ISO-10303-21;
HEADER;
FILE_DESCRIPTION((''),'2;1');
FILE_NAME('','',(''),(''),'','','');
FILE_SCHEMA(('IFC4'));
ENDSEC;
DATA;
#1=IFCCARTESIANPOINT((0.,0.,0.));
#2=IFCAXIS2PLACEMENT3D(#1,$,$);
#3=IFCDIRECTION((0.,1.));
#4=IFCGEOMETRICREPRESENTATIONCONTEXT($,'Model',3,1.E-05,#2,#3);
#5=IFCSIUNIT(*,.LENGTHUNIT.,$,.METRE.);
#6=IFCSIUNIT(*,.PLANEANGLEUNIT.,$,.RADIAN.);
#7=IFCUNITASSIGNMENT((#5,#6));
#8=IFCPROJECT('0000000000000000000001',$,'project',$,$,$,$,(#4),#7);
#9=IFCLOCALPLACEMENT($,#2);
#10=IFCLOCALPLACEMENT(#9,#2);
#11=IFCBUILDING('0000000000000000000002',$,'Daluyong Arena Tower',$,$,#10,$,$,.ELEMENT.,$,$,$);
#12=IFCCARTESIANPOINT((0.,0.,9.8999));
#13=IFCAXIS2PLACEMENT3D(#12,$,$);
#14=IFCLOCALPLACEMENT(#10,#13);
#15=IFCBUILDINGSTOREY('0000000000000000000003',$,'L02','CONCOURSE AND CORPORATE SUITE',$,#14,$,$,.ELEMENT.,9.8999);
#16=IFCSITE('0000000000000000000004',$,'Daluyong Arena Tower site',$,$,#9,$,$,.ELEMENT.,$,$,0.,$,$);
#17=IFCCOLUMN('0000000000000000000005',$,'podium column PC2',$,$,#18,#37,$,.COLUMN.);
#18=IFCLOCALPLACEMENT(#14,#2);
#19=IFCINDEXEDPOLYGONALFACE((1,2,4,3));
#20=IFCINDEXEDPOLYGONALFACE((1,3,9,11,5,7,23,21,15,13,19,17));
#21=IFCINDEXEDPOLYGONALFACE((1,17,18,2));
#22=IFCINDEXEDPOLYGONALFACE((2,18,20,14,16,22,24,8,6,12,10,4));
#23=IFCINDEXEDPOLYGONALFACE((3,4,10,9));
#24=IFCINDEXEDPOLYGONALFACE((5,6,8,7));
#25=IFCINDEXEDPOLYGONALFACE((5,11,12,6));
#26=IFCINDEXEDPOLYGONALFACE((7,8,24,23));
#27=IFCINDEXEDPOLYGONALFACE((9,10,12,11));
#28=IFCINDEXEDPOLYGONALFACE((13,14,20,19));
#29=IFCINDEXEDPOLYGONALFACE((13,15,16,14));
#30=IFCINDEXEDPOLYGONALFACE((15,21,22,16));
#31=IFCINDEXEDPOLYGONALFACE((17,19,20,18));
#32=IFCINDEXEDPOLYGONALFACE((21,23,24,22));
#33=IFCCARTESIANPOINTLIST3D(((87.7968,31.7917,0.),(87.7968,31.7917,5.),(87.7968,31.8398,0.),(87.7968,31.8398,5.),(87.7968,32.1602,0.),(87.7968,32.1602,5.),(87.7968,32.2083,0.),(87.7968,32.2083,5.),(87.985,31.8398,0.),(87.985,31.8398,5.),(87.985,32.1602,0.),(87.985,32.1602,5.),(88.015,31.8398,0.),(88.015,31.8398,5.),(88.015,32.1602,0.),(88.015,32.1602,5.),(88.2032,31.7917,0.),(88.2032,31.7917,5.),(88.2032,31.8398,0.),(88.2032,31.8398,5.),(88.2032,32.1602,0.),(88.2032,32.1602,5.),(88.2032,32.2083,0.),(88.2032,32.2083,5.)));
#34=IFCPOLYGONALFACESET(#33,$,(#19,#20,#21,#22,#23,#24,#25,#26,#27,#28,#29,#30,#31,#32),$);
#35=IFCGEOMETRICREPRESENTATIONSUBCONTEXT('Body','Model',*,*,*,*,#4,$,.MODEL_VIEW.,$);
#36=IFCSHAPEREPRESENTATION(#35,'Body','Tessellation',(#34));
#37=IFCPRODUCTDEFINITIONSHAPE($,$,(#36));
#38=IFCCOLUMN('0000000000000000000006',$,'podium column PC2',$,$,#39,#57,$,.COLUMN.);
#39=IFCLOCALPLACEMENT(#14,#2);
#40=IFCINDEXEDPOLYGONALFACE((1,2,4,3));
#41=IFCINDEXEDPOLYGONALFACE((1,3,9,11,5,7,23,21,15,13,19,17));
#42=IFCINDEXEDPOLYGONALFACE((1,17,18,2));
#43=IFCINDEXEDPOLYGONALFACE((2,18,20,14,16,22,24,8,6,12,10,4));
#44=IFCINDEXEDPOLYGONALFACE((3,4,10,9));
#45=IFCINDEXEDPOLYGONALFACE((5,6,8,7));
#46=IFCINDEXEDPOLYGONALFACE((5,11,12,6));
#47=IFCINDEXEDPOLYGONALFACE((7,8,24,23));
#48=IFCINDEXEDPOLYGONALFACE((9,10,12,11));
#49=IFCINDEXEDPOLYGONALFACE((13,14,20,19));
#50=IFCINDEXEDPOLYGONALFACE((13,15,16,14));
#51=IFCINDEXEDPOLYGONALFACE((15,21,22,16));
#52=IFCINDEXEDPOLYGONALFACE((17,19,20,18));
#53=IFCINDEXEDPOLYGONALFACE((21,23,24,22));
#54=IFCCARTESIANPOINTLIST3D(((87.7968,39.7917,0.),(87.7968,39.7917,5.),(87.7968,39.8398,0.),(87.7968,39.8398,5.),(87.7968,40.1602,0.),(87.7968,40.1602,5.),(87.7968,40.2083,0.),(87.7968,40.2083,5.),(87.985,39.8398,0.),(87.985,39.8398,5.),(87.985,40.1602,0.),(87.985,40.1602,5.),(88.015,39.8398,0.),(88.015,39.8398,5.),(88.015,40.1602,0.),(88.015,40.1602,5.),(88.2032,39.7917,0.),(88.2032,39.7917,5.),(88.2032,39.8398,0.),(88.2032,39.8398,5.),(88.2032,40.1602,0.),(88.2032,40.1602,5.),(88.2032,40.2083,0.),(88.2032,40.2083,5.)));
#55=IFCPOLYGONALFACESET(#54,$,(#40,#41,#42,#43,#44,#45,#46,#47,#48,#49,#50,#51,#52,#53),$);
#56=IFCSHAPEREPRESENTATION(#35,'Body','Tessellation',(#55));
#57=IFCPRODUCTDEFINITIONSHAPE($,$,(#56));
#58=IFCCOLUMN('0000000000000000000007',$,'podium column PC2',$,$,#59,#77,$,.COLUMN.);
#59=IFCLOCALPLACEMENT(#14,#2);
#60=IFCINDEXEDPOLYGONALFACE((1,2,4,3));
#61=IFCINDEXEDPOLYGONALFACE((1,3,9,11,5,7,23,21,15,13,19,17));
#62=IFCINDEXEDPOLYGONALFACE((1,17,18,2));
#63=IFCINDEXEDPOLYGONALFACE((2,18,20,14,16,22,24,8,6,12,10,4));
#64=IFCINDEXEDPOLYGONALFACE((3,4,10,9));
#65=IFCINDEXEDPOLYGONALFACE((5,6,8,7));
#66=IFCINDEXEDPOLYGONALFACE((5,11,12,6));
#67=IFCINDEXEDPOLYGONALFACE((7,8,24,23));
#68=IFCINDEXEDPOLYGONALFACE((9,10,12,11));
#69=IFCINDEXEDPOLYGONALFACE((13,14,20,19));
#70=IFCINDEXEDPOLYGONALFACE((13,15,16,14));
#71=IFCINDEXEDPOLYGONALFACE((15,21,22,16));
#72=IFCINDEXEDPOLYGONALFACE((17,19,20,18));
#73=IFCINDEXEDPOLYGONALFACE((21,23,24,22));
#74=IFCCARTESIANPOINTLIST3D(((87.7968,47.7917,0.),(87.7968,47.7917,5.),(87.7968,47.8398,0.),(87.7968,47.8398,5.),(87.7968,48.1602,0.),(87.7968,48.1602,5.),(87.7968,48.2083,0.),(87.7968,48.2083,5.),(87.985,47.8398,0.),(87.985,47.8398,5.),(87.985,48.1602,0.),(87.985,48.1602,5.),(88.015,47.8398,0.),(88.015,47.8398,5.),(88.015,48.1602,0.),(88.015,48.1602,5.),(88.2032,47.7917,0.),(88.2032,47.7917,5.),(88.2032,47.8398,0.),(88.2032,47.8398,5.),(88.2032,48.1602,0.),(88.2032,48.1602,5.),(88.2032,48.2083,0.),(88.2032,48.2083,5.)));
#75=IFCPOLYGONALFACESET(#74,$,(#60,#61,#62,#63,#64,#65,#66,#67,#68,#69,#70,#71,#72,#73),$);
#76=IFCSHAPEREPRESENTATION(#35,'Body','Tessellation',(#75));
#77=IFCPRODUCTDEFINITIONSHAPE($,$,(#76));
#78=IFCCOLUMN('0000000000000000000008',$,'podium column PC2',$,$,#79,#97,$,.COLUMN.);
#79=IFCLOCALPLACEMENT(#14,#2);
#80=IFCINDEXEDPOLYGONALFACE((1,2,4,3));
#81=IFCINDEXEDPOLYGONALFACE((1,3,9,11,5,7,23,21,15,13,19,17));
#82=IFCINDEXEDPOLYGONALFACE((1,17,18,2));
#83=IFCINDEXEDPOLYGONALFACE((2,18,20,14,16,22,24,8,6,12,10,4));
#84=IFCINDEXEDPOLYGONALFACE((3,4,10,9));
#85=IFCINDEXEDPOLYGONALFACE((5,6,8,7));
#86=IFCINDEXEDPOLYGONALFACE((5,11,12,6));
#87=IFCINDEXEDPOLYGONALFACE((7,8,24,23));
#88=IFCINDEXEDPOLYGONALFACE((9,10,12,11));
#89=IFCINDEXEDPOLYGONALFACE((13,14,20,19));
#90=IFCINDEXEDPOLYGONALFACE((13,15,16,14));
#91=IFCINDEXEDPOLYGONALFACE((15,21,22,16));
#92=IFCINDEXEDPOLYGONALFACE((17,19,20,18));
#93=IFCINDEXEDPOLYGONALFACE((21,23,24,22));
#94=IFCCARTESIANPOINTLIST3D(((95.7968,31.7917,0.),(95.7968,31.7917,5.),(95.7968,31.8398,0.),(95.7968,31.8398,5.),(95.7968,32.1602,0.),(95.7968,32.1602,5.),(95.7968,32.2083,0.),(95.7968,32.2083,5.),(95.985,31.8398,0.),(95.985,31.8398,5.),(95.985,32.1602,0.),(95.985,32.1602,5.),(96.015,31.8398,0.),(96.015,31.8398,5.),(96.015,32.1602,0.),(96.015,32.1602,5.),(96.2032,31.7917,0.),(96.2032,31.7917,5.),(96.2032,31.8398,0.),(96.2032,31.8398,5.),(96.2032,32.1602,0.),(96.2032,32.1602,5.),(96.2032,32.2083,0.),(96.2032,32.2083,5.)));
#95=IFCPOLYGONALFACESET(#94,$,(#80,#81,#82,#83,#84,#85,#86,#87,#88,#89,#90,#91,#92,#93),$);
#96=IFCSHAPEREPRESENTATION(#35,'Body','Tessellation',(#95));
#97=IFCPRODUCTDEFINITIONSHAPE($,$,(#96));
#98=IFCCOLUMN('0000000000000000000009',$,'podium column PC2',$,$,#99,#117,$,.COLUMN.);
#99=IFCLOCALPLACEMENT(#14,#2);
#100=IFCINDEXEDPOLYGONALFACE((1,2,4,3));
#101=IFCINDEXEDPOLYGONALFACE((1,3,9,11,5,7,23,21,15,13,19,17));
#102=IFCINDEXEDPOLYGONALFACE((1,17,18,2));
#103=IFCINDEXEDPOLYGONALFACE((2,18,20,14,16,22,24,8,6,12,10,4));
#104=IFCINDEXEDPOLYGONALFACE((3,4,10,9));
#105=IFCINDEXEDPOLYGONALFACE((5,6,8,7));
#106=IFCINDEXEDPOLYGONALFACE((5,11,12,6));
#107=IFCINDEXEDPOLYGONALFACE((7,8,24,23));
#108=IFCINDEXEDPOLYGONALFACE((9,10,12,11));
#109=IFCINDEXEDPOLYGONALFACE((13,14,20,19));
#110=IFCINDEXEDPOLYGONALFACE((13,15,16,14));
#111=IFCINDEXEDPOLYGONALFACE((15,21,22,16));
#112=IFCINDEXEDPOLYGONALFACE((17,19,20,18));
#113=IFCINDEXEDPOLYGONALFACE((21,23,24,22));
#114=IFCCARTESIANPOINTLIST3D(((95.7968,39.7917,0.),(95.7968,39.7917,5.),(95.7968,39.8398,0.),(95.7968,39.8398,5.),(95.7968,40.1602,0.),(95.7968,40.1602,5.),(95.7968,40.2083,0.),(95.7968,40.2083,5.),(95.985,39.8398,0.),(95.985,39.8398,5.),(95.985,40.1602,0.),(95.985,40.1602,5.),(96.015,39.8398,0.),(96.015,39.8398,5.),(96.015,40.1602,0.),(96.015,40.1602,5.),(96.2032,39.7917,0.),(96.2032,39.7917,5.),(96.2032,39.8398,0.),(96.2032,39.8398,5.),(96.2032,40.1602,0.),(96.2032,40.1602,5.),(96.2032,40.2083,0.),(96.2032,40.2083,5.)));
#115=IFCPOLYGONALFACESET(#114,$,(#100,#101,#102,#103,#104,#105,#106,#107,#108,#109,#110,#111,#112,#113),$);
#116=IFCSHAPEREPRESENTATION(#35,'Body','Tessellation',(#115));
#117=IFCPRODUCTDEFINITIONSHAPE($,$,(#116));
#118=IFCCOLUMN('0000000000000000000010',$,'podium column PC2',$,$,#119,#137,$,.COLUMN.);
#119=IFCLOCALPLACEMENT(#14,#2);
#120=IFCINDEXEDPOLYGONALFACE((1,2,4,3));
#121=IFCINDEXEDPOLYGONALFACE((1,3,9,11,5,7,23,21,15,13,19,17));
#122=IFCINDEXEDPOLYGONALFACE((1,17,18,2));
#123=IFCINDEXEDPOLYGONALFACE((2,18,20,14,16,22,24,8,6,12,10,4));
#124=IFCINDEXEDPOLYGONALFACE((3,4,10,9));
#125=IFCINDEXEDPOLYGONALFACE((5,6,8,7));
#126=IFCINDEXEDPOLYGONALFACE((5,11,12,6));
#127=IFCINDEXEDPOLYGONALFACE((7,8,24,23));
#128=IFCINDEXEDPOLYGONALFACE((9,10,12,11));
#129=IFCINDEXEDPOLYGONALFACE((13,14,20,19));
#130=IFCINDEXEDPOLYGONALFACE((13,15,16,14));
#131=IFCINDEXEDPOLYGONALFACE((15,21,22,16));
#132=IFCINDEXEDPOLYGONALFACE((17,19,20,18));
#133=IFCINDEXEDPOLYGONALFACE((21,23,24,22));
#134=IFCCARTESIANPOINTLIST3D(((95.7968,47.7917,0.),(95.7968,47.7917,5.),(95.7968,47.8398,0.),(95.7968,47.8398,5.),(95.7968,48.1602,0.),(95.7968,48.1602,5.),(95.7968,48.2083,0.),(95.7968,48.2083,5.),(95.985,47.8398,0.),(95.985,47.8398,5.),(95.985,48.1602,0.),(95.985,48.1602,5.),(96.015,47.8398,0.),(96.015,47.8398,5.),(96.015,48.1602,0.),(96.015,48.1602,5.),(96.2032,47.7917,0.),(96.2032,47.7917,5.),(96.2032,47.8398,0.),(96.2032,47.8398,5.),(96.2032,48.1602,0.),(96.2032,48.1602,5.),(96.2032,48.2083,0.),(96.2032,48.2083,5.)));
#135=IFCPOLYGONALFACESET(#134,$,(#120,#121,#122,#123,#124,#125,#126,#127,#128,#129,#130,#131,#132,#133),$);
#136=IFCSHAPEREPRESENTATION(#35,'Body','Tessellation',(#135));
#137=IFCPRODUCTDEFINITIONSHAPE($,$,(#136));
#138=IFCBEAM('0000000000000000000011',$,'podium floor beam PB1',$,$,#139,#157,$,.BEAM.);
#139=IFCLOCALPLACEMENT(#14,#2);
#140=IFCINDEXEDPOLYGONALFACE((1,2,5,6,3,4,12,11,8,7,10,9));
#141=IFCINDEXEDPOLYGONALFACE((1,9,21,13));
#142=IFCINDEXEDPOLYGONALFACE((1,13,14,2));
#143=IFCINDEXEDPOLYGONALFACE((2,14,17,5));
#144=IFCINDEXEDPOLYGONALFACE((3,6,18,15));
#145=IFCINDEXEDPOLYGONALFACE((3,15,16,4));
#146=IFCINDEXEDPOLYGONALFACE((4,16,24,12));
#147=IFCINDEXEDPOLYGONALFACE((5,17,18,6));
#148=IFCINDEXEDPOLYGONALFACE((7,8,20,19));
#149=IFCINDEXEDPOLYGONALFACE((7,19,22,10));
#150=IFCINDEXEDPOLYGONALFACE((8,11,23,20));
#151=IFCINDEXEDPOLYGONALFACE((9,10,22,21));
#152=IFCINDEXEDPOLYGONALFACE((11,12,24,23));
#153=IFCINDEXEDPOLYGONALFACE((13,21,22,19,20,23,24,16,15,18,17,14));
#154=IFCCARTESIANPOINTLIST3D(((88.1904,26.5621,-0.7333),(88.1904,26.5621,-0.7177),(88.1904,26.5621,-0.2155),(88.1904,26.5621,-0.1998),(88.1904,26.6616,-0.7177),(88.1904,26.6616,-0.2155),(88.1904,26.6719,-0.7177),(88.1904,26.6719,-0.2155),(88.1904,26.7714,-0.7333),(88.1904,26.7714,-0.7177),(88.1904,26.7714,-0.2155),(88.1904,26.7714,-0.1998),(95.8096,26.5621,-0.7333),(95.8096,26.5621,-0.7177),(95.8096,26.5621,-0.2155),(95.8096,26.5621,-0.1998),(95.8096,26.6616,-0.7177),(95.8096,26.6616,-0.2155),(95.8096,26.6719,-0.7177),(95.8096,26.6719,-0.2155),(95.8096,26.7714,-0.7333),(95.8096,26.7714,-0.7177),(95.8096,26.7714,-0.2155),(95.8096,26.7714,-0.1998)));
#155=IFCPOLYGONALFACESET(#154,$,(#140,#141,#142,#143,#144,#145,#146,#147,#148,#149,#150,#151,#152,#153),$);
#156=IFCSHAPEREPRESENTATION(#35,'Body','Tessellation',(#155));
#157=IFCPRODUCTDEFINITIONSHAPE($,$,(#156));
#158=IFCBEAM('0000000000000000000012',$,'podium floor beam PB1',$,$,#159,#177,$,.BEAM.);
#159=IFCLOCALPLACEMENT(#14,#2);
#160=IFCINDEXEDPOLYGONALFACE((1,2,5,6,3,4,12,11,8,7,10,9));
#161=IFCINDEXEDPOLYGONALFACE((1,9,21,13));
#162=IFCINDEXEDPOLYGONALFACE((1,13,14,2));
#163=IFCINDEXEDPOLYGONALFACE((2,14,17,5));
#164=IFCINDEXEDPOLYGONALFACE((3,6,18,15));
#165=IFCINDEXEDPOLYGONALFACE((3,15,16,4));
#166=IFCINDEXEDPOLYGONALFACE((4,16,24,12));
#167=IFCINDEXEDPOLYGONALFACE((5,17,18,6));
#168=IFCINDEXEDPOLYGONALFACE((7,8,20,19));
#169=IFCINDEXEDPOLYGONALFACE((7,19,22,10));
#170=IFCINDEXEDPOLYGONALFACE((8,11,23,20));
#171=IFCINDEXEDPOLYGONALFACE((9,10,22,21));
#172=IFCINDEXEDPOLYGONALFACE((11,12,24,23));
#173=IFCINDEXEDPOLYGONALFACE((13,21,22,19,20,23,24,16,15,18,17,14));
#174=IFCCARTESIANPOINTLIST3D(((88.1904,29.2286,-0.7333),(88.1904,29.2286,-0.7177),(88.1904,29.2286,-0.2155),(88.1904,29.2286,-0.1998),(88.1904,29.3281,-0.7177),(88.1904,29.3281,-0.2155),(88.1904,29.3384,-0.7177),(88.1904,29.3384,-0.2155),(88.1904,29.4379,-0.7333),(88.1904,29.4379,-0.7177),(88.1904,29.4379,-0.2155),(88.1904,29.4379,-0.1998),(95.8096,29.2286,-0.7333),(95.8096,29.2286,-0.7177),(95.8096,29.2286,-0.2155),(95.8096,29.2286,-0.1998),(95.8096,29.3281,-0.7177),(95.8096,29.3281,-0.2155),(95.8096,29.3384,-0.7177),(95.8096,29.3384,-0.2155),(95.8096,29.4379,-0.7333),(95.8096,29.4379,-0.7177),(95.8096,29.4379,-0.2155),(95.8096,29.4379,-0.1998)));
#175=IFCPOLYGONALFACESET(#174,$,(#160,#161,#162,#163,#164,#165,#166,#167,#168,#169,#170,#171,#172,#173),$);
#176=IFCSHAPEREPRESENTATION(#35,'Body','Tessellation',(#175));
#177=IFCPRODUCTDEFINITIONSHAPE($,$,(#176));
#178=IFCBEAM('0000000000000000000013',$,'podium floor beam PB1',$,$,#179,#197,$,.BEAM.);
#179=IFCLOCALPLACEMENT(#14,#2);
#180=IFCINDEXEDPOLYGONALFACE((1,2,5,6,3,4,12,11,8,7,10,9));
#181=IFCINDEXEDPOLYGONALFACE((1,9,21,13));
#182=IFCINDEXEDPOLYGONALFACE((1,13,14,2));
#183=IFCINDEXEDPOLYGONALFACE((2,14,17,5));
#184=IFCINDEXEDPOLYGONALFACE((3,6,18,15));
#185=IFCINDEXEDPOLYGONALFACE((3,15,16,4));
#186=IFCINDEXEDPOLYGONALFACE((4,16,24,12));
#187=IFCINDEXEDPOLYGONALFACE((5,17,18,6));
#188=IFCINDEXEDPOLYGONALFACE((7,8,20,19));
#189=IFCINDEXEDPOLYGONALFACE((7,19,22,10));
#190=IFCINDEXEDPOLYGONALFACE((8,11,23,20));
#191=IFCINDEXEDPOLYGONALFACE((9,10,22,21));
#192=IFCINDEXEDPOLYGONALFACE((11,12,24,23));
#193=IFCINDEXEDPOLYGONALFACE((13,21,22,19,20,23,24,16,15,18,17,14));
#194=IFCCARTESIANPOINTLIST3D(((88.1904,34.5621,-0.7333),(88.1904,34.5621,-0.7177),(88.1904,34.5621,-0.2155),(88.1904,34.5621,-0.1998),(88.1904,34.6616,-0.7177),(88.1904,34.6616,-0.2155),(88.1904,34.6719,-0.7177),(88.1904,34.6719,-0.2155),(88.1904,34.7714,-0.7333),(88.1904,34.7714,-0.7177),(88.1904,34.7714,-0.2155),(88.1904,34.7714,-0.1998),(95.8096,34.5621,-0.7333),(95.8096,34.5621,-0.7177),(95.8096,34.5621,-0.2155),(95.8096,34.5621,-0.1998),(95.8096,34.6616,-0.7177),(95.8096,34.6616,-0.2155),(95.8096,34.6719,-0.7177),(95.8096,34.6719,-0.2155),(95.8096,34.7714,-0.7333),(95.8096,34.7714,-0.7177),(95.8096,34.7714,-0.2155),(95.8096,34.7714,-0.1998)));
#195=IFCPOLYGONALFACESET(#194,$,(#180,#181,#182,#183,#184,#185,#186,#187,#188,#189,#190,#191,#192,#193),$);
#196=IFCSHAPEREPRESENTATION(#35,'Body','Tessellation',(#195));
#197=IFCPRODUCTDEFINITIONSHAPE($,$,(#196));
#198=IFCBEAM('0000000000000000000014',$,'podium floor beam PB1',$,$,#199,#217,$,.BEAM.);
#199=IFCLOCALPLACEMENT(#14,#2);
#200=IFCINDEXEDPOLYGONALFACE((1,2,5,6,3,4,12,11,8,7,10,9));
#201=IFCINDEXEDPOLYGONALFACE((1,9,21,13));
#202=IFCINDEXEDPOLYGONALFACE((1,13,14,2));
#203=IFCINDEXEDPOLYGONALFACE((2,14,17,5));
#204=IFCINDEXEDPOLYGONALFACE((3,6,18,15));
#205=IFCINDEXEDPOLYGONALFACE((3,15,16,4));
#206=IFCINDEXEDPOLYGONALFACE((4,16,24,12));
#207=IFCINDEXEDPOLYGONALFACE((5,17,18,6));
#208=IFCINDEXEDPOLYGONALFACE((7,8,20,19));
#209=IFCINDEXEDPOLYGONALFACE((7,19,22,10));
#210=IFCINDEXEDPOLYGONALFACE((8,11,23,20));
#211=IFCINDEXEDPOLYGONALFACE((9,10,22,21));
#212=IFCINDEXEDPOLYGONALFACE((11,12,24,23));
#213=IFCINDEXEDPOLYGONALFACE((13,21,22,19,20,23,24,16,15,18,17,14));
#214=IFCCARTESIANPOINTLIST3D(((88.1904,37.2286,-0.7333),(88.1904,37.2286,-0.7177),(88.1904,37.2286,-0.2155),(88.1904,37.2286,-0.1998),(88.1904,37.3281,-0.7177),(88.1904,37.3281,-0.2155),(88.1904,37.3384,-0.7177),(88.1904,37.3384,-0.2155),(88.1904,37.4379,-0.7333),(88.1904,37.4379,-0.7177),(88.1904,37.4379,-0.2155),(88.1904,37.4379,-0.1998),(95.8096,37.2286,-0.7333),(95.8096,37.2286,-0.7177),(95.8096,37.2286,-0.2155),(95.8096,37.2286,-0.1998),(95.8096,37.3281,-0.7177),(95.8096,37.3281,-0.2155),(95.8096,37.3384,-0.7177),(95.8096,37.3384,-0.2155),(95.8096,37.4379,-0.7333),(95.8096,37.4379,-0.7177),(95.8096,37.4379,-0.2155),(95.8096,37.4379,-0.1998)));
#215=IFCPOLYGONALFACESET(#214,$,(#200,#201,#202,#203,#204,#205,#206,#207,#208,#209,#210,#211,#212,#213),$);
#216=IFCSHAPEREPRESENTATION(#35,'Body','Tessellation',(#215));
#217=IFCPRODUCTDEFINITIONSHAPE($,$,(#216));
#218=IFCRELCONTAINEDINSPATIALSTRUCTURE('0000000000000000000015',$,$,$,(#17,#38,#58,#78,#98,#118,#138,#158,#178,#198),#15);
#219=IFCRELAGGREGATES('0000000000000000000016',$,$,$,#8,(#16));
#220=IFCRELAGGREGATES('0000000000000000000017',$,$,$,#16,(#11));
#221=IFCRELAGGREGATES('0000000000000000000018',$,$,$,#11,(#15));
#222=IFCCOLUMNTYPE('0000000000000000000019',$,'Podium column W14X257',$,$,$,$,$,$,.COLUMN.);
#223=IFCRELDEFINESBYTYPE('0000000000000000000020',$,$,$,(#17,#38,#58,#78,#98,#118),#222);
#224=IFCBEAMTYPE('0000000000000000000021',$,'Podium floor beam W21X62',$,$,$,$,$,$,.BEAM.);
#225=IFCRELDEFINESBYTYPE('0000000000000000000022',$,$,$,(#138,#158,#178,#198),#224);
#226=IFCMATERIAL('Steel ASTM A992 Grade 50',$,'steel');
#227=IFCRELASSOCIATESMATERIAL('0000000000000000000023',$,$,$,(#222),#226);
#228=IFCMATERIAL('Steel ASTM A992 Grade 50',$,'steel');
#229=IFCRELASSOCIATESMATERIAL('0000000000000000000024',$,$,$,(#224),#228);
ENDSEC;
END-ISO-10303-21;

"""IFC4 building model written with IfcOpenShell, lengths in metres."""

from ifc_helpers import new_model, si_unit, direction, frame, origin, origin_2d, place, context, subcontext, project, spatial, i_section, extrude, material, material_profile, profile_set, type_object, element, save


model = new_model("IFC4")

# Units and contexts
model_context = context("Model", 3, precision=1e-05, world=origin(), true_north=direction((0.0, 1.0)))
body_context = subcontext(model_context, "Body", "Model", "MODEL_VIEW")
ifc_project = project(units=[si_unit("LENGTHUNIT", "METRE"), si_unit("PLANEANGLEUNIT", "RADIAN")], contexts=[model_context])

# Site, building, storey
site_placement = place(None, origin())
site = spatial("IfcSite", under=ifc_project, at=site_placement, Name="Daluyong Arena Tower site", CompositionType="ELEMENT", RefElevation=0.0)
building_placement = place(site_placement, origin())
building = spatial("IfcBuilding", under=site, at=building_placement, Name="Daluyong Arena Tower", CompositionType="ELEMENT")
storey_placement = place(building_placement, frame((0.0, 0.0, 9.8999)))
storey = spatial("IfcBuildingStorey", under=building, at=storey_placement, Name="L02", Description="CONCOURSE AND CORPORATE SUITE", CompositionType="ELEMENT", Elevation=9.8999)

# Columns
ifc_material_1 = material(Name="Steel ASTM A992 Grade 50", Category="steel")
ifc_material_profile_1 = material_profile(ifc_material_1, i_section(OverallWidth=0.4065, OverallDepth=0.4165, WebThickness=0.03, FlangeThickness=0.0481, at=origin_2d()))
ifc_profile_set_1 = profile_set([ifc_material_profile_1], Name="Steel ASTM A992 Grade 50")
column_type = type_object("IfcColumnType", Name="Podium column W14X257", PredefinedType="COLUMN", material=ifc_profile_set_1)
for number, where, z_axis, x_axis, name in (
    (1, (88.0, 32.0, 0.0), (0.0, 0.0, 1.0), (1.0, 0.0, 0.0), "podium column PC2"),
    (2, (88.0, 40.0, 0.0), (0.0, 0.0, 1.0), (1.0, 0.0, 0.0), "podium column PC2"),
    (3, (88.0, 48.0, 0.0), (0.0, 0.0, 1.0), (1.0, 0.0, 0.0), "podium column PC2"),
    (4, (96.0, 32.0, 0.0), (0.0, 0.0, 1.0), (1.0, 0.0, 0.0), "podium column PC2"),
    (5, (96.0, 40.0, 0.0), (0.0, 0.0, 1.0), (1.0, 0.0, 0.0), "podium column PC2"),
    (6, (96.0, 48.0, 0.0), (0.0, 0.0, 1.0), (1.0, 0.0, 0.0), "podium column PC2"),
):
    element("IfcColumn", number, at=place(storey_placement, frame(where, z_axis=z_axis, x_axis=x_axis)), inside=storey, type_object=column_type, Name=name, PredefinedType="COLUMN", context=body_context, shape_type="SweptSolid", body=[
        extrude(i_section(OverallWidth=0.4065, OverallDepth=0.4165, WebThickness=0.03, FlangeThickness=0.0481, at=origin_2d()), origin(), (0.0, 0.0, 1.0), 5.0),
    ])

# Beams
ifc_material_2 = material(Name="Steel ASTM A992 Grade 50", Category="steel")
ifc_material_profile_2 = material_profile(ifc_material_2, i_section(OverallWidth=0.2092, OverallDepth=0.5334, WebThickness=0.0103, FlangeThickness=0.0156, at=origin_2d()))
ifc_profile_set_2 = profile_set([ifc_material_profile_2], Name="Steel ASTM A992 Grade 50")
beam_type_1 = type_object("IfcBeamType", Name="Podium floor beam W21X62", PredefinedType="BEAM", material=ifc_profile_set_2)
for number, where, z_axis, x_axis, name in (
    (7, (88.1904, 26.6667, -0.4666), (1.0, 0.0, 0.0), (0.0, 1.0, 0.0), "podium floor beam PB1"),
    (8, (88.1904, 29.3333, -0.4666), (1.0, 0.0, 0.0), (0.0, 1.0, 0.0), "podium floor beam PB1"),
    (9, (88.1904, 34.6667, -0.4666), (1.0, 0.0, 0.0), (0.0, 1.0, 0.0), "podium floor beam PB1"),
    (10, (88.1904, 37.3333, -0.4666), (1.0, 0.0, 0.0), (0.0, 1.0, 0.0), "podium floor beam PB1"),
):
    element("IfcBeam", number, at=place(storey_placement, frame(where, z_axis=z_axis, x_axis=x_axis)), inside=storey, type_object=beam_type_1, Name=name, PredefinedType="BEAM", context=body_context, shape_type="SweptSolid", body=[
        extrude(i_section(OverallWidth=0.2092, OverallDepth=0.5334, WebThickness=0.0103, FlangeThickness=0.0156, at=origin_2d()), origin(), (0.0, 0.0, 1.0), 7.6191),
    ])

save(model, "model.ifc")
